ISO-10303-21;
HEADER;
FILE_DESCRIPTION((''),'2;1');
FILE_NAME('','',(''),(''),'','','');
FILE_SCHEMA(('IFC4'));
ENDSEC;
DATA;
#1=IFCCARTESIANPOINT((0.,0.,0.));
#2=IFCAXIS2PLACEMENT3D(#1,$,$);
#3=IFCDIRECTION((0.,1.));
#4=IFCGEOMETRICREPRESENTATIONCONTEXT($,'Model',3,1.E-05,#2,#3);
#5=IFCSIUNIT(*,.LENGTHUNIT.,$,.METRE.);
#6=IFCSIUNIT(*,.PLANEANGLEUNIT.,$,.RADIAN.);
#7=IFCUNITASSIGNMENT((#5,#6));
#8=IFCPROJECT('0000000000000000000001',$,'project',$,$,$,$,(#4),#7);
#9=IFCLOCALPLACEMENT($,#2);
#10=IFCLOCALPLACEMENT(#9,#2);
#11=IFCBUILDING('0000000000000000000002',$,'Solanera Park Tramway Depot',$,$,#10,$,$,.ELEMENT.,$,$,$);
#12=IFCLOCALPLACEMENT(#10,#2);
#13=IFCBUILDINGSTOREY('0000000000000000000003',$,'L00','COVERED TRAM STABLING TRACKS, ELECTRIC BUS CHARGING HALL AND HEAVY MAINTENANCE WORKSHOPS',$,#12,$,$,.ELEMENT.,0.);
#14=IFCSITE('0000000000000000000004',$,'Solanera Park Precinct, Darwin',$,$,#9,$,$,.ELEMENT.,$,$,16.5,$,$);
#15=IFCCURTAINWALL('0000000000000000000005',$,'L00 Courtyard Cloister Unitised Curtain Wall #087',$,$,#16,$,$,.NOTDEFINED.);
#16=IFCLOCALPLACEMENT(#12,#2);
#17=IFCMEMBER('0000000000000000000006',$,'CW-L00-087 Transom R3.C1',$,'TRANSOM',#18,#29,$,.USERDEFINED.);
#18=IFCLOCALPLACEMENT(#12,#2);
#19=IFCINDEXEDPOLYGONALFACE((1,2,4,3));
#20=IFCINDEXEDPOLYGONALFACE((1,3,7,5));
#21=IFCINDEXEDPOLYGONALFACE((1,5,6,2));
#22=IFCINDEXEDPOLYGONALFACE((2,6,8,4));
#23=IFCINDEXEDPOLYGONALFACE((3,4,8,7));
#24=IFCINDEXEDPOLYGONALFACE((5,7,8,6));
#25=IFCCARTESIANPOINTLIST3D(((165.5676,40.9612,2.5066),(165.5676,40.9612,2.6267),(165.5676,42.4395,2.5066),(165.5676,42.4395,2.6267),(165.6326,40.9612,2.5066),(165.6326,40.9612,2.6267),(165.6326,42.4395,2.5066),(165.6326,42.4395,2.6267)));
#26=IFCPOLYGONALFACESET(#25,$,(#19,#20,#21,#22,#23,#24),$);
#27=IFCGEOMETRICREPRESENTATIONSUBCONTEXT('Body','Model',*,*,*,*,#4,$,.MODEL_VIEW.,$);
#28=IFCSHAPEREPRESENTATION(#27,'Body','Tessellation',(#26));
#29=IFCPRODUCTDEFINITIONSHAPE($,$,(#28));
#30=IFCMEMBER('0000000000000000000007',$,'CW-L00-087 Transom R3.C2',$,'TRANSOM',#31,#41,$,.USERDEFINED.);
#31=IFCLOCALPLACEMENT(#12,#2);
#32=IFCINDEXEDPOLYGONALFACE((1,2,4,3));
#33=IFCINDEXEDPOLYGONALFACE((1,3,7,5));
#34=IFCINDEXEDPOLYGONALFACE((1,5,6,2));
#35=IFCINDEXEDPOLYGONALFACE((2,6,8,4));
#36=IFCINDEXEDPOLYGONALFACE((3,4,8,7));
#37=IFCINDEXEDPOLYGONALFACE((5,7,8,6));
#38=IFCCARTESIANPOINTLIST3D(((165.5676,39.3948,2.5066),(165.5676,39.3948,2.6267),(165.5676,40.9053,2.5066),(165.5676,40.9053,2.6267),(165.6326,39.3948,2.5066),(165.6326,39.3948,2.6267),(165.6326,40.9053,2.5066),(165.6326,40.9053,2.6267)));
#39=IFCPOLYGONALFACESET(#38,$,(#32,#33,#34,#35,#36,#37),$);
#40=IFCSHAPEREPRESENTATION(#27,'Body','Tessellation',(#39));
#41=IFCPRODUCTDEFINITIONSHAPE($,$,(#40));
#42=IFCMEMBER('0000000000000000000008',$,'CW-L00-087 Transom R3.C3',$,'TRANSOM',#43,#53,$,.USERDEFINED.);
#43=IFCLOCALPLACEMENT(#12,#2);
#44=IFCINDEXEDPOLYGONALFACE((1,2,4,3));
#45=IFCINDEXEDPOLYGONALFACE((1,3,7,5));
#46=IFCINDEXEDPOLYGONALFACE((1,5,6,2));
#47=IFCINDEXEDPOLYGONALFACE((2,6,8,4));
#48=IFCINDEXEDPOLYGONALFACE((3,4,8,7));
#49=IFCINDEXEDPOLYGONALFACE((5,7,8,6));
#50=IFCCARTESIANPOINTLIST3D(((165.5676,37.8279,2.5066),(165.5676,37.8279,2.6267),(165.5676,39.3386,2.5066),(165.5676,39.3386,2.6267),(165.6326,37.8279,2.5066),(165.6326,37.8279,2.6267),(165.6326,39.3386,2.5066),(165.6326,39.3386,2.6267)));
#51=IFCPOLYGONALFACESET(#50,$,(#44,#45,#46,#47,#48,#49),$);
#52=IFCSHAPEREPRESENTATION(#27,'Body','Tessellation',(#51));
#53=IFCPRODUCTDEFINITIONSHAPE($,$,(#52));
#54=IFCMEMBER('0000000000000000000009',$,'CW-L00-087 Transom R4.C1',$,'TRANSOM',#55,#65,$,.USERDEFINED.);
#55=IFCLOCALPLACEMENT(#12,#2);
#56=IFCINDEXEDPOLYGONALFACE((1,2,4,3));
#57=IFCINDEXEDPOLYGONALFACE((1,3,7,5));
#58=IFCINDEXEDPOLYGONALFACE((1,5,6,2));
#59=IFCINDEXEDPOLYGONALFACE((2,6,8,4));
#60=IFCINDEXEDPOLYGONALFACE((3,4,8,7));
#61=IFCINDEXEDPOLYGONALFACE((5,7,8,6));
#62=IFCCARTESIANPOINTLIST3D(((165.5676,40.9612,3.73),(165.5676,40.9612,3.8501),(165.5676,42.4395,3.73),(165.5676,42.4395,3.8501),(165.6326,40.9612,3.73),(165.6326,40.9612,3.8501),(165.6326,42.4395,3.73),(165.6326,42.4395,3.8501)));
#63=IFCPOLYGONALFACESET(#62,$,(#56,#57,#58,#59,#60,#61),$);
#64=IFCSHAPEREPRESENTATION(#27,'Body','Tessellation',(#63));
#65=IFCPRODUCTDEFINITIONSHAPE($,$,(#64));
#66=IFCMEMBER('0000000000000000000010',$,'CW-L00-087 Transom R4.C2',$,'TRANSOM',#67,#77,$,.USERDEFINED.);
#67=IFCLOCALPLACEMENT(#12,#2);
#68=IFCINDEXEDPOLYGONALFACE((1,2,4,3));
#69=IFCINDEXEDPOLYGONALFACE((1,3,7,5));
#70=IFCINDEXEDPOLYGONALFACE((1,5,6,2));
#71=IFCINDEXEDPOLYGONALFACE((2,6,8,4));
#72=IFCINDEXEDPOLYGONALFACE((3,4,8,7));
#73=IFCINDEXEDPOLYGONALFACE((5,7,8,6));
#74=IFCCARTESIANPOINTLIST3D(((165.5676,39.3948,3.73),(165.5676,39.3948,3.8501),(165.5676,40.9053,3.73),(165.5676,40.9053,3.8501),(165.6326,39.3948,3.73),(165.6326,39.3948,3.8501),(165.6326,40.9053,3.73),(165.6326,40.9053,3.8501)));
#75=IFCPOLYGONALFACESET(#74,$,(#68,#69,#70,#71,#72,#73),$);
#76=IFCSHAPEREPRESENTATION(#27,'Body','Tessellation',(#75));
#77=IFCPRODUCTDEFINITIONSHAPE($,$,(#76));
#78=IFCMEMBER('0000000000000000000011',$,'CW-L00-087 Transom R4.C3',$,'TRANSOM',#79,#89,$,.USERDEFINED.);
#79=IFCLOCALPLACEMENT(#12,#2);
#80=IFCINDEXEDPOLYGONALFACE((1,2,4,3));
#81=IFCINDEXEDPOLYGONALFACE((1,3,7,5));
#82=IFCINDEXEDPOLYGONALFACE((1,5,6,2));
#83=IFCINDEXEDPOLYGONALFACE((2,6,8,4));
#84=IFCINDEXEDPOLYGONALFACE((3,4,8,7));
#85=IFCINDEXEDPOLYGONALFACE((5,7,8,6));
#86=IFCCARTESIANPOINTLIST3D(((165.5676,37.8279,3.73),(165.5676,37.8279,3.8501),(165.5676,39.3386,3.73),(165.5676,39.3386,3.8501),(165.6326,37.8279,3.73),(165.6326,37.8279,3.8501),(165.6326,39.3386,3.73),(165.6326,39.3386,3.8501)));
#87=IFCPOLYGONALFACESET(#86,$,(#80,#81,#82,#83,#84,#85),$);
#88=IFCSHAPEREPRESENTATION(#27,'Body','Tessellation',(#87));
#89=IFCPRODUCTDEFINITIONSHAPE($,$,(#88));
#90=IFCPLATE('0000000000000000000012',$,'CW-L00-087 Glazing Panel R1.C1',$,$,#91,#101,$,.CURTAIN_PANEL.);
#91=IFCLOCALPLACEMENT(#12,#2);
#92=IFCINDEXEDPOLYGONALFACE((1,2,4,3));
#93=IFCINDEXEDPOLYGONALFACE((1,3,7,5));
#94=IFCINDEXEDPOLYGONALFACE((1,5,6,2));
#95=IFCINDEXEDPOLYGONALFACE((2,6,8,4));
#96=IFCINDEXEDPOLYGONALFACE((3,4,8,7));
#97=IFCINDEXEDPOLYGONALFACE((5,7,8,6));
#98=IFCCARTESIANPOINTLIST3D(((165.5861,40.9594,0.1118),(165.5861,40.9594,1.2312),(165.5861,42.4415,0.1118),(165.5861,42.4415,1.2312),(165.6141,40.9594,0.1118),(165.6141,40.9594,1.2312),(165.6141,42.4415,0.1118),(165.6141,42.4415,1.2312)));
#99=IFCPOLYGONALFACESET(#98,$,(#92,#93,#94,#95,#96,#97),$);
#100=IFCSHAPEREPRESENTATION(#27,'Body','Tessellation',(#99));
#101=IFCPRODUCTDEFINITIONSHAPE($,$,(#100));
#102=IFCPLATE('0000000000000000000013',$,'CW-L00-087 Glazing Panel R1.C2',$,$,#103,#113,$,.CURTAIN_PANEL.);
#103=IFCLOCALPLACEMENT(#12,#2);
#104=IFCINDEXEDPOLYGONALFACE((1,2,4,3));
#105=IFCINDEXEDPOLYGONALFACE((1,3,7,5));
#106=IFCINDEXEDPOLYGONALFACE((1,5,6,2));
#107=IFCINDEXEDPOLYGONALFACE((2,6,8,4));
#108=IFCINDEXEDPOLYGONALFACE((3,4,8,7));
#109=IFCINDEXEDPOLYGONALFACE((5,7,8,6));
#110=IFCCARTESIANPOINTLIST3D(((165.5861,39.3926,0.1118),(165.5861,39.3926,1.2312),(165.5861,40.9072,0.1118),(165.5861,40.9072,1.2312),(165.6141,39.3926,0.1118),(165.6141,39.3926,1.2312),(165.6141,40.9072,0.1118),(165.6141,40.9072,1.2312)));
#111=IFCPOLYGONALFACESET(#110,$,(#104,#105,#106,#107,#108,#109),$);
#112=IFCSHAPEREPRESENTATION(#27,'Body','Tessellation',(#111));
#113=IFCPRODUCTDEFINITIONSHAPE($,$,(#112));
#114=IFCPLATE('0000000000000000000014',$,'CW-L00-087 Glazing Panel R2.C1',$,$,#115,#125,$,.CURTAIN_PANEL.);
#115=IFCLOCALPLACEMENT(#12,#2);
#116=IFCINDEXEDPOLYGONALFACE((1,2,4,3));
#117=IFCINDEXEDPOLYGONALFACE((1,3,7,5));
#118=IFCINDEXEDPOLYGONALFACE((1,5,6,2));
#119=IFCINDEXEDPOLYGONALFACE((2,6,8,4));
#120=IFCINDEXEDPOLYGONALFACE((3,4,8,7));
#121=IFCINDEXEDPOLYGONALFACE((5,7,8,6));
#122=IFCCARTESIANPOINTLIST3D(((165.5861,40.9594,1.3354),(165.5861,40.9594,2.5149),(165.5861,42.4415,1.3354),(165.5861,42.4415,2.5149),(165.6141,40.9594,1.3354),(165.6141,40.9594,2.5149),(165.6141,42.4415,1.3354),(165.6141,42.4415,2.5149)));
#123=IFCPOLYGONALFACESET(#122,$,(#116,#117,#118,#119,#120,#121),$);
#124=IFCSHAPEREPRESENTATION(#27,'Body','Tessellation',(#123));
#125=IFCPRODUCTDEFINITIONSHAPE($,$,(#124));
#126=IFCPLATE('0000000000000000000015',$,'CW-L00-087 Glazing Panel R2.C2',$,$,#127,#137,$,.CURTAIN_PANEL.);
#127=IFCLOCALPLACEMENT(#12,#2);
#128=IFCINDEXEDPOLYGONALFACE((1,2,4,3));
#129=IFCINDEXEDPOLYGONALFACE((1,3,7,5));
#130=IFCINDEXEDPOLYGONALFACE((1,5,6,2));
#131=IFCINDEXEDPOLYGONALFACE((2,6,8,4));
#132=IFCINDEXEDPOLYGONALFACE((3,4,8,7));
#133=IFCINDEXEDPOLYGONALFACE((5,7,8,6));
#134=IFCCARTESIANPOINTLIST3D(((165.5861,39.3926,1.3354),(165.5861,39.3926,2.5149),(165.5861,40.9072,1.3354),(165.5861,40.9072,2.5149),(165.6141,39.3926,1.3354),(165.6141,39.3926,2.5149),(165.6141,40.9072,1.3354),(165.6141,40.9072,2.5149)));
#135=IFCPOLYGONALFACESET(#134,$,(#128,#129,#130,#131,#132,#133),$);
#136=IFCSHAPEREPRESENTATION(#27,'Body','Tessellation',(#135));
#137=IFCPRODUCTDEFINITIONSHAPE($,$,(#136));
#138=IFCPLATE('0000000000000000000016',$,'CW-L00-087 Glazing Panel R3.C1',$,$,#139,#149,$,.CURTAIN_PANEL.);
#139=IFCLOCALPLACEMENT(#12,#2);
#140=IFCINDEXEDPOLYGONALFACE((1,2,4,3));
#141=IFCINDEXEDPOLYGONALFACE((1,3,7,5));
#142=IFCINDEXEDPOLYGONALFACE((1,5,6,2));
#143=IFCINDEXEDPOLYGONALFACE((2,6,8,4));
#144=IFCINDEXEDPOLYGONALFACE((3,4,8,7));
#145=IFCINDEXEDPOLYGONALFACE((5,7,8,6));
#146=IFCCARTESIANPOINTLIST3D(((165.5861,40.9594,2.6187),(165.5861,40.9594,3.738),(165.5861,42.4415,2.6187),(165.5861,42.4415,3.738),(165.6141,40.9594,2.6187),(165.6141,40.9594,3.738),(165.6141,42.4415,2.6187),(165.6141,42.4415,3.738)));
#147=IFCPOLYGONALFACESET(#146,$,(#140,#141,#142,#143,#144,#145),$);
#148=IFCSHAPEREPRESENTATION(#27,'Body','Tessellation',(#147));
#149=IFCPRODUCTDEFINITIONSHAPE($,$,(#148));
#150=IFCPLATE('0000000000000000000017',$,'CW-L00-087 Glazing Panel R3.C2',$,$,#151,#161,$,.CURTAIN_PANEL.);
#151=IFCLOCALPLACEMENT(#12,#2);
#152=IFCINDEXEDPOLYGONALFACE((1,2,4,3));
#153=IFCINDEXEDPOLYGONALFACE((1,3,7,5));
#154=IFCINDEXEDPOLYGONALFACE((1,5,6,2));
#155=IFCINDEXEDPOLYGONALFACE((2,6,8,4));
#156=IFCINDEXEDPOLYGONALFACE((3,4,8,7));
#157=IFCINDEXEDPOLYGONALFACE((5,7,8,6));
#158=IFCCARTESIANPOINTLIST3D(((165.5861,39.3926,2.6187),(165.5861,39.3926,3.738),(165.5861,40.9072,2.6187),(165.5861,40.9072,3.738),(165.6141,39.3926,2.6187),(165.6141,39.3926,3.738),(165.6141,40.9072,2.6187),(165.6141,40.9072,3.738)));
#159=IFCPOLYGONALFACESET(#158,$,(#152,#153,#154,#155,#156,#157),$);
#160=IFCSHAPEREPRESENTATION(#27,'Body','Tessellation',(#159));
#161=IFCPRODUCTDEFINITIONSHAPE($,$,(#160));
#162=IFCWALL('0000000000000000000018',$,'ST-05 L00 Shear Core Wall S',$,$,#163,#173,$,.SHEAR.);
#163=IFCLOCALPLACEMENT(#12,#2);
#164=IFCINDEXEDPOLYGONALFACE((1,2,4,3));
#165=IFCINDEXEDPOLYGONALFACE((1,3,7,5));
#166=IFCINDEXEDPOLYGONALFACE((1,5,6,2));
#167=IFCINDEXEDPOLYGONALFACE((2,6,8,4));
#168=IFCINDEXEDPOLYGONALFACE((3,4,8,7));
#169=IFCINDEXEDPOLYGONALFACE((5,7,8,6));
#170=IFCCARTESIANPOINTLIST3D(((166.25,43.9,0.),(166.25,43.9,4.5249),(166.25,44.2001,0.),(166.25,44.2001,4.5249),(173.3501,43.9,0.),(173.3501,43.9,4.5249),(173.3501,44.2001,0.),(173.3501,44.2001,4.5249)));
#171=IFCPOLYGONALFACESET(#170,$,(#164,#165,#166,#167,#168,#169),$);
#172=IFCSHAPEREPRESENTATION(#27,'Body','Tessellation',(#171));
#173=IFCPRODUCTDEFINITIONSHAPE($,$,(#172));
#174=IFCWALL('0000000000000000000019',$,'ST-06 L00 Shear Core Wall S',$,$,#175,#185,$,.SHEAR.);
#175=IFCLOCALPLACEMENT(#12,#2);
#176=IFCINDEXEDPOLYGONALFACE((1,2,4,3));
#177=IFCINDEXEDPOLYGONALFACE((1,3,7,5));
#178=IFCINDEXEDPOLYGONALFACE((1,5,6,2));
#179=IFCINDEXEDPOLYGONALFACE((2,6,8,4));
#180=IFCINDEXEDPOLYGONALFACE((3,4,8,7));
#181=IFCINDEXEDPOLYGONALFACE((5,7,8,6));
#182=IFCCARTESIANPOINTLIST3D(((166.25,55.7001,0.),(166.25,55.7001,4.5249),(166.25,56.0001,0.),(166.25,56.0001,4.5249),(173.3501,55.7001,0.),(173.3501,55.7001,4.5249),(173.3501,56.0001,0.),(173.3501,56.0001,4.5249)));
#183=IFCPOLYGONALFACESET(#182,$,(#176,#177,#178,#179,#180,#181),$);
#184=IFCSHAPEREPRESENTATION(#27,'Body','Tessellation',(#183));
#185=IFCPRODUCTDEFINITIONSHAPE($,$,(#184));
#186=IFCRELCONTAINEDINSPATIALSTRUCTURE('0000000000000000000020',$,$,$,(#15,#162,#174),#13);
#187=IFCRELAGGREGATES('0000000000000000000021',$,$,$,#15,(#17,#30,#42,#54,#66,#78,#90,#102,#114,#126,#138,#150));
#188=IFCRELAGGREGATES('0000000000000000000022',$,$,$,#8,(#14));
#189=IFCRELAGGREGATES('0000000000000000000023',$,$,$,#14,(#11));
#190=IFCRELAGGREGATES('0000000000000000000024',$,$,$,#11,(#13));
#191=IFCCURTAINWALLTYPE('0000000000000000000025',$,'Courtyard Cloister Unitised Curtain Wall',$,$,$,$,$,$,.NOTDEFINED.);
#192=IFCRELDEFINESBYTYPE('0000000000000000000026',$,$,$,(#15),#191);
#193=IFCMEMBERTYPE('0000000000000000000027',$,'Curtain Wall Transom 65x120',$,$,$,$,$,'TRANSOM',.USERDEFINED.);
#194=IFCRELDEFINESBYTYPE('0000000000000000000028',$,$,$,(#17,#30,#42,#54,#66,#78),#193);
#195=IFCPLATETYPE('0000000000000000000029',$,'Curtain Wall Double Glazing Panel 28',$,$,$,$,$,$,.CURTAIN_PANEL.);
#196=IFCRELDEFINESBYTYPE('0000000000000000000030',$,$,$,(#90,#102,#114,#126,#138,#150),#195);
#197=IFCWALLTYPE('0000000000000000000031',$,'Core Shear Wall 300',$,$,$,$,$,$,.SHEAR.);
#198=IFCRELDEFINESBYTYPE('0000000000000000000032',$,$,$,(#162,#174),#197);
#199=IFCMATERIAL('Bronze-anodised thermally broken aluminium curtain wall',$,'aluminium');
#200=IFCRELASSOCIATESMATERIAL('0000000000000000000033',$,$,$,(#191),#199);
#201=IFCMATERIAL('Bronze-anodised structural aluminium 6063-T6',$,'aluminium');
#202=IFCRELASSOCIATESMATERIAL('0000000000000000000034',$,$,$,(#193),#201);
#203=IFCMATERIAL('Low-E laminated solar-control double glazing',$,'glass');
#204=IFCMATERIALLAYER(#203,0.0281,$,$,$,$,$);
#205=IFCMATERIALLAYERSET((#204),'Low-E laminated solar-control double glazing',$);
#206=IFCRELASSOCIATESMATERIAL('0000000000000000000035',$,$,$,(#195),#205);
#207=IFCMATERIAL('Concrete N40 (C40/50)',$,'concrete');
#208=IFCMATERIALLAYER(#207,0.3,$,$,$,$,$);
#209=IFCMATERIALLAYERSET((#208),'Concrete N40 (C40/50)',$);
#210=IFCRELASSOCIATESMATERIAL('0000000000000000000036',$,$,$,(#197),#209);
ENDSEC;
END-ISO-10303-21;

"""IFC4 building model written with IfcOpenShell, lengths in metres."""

from ifc_helpers import new_model, si_unit, direction, frame, frame_2d, origin, origin_2d, place, context, subcontext, project, spatial, rectangle, extrude, material, layer, layer_set, material_profile, profile_set, type_object, element, aggregate, save


model = new_model("IFC4")

# Units and contexts
model_context = context("Model", 3, precision=1e-05, world=origin(), true_north=direction((0.0, 1.0)))
body_context = subcontext(model_context, "Body", "Model", "MODEL_VIEW")
ifc_project = project(units=[si_unit("LENGTHUNIT", "METRE"), si_unit("PLANEANGLEUNIT", "RADIAN")], contexts=[model_context])

# Site, building, storey
site_placement = place(None, origin())
site = spatial("IfcSite", under=ifc_project, at=site_placement, Name="Solanera Park Precinct, Darwin", CompositionType="ELEMENT", RefElevation=16.5)
building_placement = place(site_placement, origin())
building = spatial("IfcBuilding", under=site, at=building_placement, Name="Solanera Park Tramway Depot", CompositionType="ELEMENT")
storey_placement = place(building_placement, origin())
storey = spatial("IfcBuildingStorey", under=building, at=storey_placement, Name="L00", Description="COVERED TRAM STABLING TRACKS, ELECTRIC BUS CHARGING HALL AND HEAVY MAINTENANCE WORKSHOPS", CompositionType="ELEMENT", Elevation=0.0)

# Curtain wall, members, plates
ifc_material_1 = material(Name="Bronze-anodised thermally broken aluminium curtain wall", Category="aluminium")
curtain_wall_type = type_object("IfcCurtainWallType", Name="Courtyard Cloister Unitised Curtain Wall", PredefinedType="NOTDEFINED", material=ifc_material_1)
curtain_wall_placement = place(storey_placement, origin())
curtain_wall = element("IfcCurtainWall", 1, at=curtain_wall_placement, inside=storey, type_object=curtain_wall_type, Name="L00 Courtyard Cloister Unitised Curtain Wall #087", PredefinedType="NOTDEFINED")
ifc_material_2 = material(Name="Bronze-anodised structural aluminium 6063-T6", Category="aluminium")
ifc_material_profile_1 = material_profile(ifc_material_2, rectangle(XDim=0.0649, YDim=0.1201, at=origin_2d()), Name="Curtain Wall Transom 65x120")
ifc_profile_set_1 = profile_set([ifc_material_profile_1], Name="Bronze-anodised structural aluminium 6063-T6")
member_type_1 = type_object("IfcMemberType", Name="Curtain Wall Transom 65x120", ElementType="TRANSOM", PredefinedType="USERDEFINED", material=ifc_profile_set_1)
member_1_placement = place(storey_placement, frame((165.6001, 42.4395, 2.5667), z_axis=(0.0, -1.0, 0.0), x_axis=(1.0, 0.0, 0.0)))
member_1 = element("IfcMember", 2, at=member_1_placement, type_object=member_type_1, Name="CW-L00-087 Transom R3.C1", ObjectType="TRANSOM", PredefinedType="USERDEFINED", context=body_context, shape_type="SweptSolid", body=[
    extrude(rectangle(XDim=0.0649, YDim=0.1201, at=origin_2d()), origin(), (0.0, 0.0, 1.0), 1.4783),
])
member_2_placement = place(storey_placement, frame((165.6001, 40.9053, 2.5667), z_axis=(0.0, -1.0, 0.0), x_axis=(1.0, 0.0, 0.0)))
member_2 = element("IfcMember", 3, at=member_2_placement, type_object=member_type_1, Name="CW-L00-087 Transom R3.C2", ObjectType="TRANSOM", PredefinedType="USERDEFINED", context=body_context, shape_type="SweptSolid", body=[
    extrude(rectangle(XDim=0.0649, YDim=0.1201, at=origin_2d()), origin(), (0.0, 0.0, 1.0), 1.5105),
])
member_3_placement = place(storey_placement, frame((165.6001, 39.3386, 2.5667), z_axis=(0.0, -1.0, 0.0), x_axis=(1.0, 0.0, 0.0)))
member_3 = element("IfcMember", 4, at=member_3_placement, type_object=member_type_1, Name="CW-L00-087 Transom R3.C3", ObjectType="TRANSOM", PredefinedType="USERDEFINED", context=body_context, shape_type="SweptSolid", body=[
    extrude(rectangle(XDim=0.0649, YDim=0.1201, at=origin_2d()), origin(), (0.0, 0.0, 1.0), 1.5107),
])
member_4_placement = place(storey_placement, frame((165.6001, 42.4395, 3.79), z_axis=(0.0, -1.0, 0.0), x_axis=(1.0, 0.0, 0.0)))
member_4 = element("IfcMember", 5, at=member_4_placement, type_object=member_type_1, Name="CW-L00-087 Transom R4.C1", ObjectType="TRANSOM", PredefinedType="USERDEFINED", context=body_context, shape_type="SweptSolid", body=[
    extrude(rectangle(XDim=0.0649, YDim=0.1201, at=origin_2d()), origin(), (0.0, 0.0, 1.0), 1.4783),
])
member_5_placement = place(storey_placement, frame((165.6001, 40.9053, 3.79), z_axis=(0.0, -1.0, 0.0), x_axis=(1.0, 0.0, 0.0)))
member_5 = element("IfcMember", 6, at=member_5_placement, type_object=member_type_1, Name="CW-L00-087 Transom R4.C2", ObjectType="TRANSOM", PredefinedType="USERDEFINED", context=body_context, shape_type="SweptSolid", body=[
    extrude(rectangle(XDim=0.0649, YDim=0.1201, at=origin_2d()), origin(), (0.0, 0.0, 1.0), 1.5105),
])
member_6_placement = place(storey_placement, frame((165.6001, 39.3386, 3.79), z_axis=(0.0, -1.0, 0.0), x_axis=(1.0, 0.0, 0.0)))
member_6 = element("IfcMember", 7, at=member_6_placement, type_object=member_type_1, Name="CW-L00-087 Transom R4.C3", ObjectType="TRANSOM", PredefinedType="USERDEFINED", context=body_context, shape_type="SweptSolid", body=[
    extrude(rectangle(XDim=0.0649, YDim=0.1201, at=origin_2d()), origin(), (0.0, 0.0, 1.0), 1.5107),
])
ifc_material_3 = material(Name="Low-E laminated solar-control double glazing", Category="glass")
ifc_layer_1 = layer(ifc_material_3, 0.0281)
ifc_layer_set_1 = layer_set([ifc_layer_1], Name="Low-E laminated solar-control double glazing")
plate_type = type_object("IfcPlateType", Name="Curtain Wall Double Glazing Panel 28", PredefinedType="CURTAIN_PANEL", material=ifc_layer_set_1)
plate_1_placement = place(storey_placement, frame((165.6001, 41.7004, 0.1118), z_axis=(0.0, 0.0, 1.0), x_axis=(0.0, -1.0, 0.0)))
plate_1 = element("IfcPlate", 8, at=plate_1_placement, type_object=plate_type, Name="CW-L00-087 Glazing Panel R1.C1", PredefinedType="CURTAIN_PANEL", context=body_context, shape_type="SweptSolid", body=[
    extrude(rectangle(XDim=1.4822, YDim=0.0281, at=origin_2d()), origin(), (0.0, 0.0, 1.0), 1.1194),
])
plate_2_placement = place(storey_placement, frame((165.6001, 40.1499, 0.1118), z_axis=(0.0, 0.0, 1.0), x_axis=(0.0, -1.0, 0.0)))
plate_2 = element("IfcPlate", 9, at=plate_2_placement, type_object=plate_type, Name="CW-L00-087 Glazing Panel R1.C2", PredefinedType="CURTAIN_PANEL", context=body_context, shape_type="SweptSolid", body=[
    extrude(rectangle(XDim=1.5146, YDim=0.0281, at=origin_2d()), origin(), (0.0, 0.0, 1.0), 1.1194),
])
plate_3_placement = place(storey_placement, frame((165.6001, 41.7004, 1.3354), z_axis=(0.0, 0.0, 1.0), x_axis=(0.0, -1.0, 0.0)))
plate_3 = element("IfcPlate", 10, at=plate_3_placement, type_object=plate_type, Name="CW-L00-087 Glazing Panel R2.C1", PredefinedType="CURTAIN_PANEL", context=body_context, shape_type="SweptSolid", body=[
    extrude(rectangle(XDim=1.4822, YDim=0.0281, at=origin_2d()), origin(), (0.0, 0.0, 1.0), 1.1794),
])
plate_4_placement = place(storey_placement, frame((165.6001, 40.1499, 1.3354), z_axis=(0.0, 0.0, 1.0), x_axis=(0.0, -1.0, 0.0)))
plate_4 = element("IfcPlate", 11, at=plate_4_placement, type_object=plate_type, Name="CW-L00-087 Glazing Panel R2.C2", PredefinedType="CURTAIN_PANEL", context=body_context, shape_type="SweptSolid", body=[
    extrude(rectangle(XDim=1.5146, YDim=0.0281, at=origin_2d()), origin(), (0.0, 0.0, 1.0), 1.1794),
])
plate_5_placement = place(storey_placement, frame((165.6001, 41.7004, 2.6187), z_axis=(0.0, 0.0, 1.0), x_axis=(0.0, -1.0, 0.0)))
plate_5 = element("IfcPlate", 12, at=plate_5_placement, type_object=plate_type, Name="CW-L00-087 Glazing Panel R3.C1", PredefinedType="CURTAIN_PANEL", context=body_context, shape_type="SweptSolid", body=[
    extrude(rectangle(XDim=1.4822, YDim=0.0281, at=origin_2d()), origin(), (0.0, 0.0, 1.0), 1.1194),
])
plate_6_placement = place(storey_placement, frame((165.6001, 40.1499, 2.6187), z_axis=(0.0, 0.0, 1.0), x_axis=(0.0, -1.0, 0.0)))
plate_6 = element("IfcPlate", 13, at=plate_6_placement, type_object=plate_type, Name="CW-L00-087 Glazing Panel R3.C2", PredefinedType="CURTAIN_PANEL", context=body_context, shape_type="SweptSolid", body=[
    extrude(rectangle(XDim=1.5146, YDim=0.0281, at=origin_2d()), origin(), (0.0, 0.0, 1.0), 1.1194),
])
aggregate(curtain_wall, [member_1, member_2, member_3, member_4, member_5, member_6, plate_1, plate_2, plate_3, plate_4, plate_5, plate_6])

# Wall
ifc_material_4 = material(Name="Concrete N40 (C40/50)", Category="concrete")
ifc_layer_2 = layer(ifc_material_4, 0.3)
ifc_layer_set_2 = layer_set([ifc_layer_2], Name="Concrete N40 (C40/50)")
wall_type_1 = type_object("IfcWallType", Name="Core Shear Wall 300", PredefinedType="SHEAR", material=ifc_layer_set_2)
wall_1_placement = place(storey_placement, frame((166.25, 44.05, 0.0), z_axis=(0.0, 0.0, 1.0), x_axis=(1.0, 0.0, 0.0)))
element("IfcWall", 14, at=wall_1_placement, inside=storey, type_object=wall_type_1, Name="ST-05 L00 Shear Core Wall S", PredefinedType="SHEAR", context=body_context, shape_type="SweptSolid", body=[
    extrude(rectangle(XDim=7.1001, YDim=0.3, at=frame_2d((3.55, 0.0))), origin(), (0.0, 0.0, 1.0), 4.5249),
])

# Wall
wall_2_placement = place(storey_placement, frame((166.25, 55.8501, 0.0), z_axis=(0.0, 0.0, 1.0), x_axis=(1.0, 0.0, 0.0)))
element("IfcWall", 15, at=wall_2_placement, inside=storey, type_object=wall_type_1, Name="ST-06 L00 Shear Core Wall S", PredefinedType="SHEAR", context=body_context, shape_type="SweptSolid", body=[
    extrude(rectangle(XDim=7.1001, YDim=0.3, at=frame_2d((3.55, 0.0))), origin(), (0.0, 0.0, 1.0), 4.5249),
])

save(model, "model.ifc")
